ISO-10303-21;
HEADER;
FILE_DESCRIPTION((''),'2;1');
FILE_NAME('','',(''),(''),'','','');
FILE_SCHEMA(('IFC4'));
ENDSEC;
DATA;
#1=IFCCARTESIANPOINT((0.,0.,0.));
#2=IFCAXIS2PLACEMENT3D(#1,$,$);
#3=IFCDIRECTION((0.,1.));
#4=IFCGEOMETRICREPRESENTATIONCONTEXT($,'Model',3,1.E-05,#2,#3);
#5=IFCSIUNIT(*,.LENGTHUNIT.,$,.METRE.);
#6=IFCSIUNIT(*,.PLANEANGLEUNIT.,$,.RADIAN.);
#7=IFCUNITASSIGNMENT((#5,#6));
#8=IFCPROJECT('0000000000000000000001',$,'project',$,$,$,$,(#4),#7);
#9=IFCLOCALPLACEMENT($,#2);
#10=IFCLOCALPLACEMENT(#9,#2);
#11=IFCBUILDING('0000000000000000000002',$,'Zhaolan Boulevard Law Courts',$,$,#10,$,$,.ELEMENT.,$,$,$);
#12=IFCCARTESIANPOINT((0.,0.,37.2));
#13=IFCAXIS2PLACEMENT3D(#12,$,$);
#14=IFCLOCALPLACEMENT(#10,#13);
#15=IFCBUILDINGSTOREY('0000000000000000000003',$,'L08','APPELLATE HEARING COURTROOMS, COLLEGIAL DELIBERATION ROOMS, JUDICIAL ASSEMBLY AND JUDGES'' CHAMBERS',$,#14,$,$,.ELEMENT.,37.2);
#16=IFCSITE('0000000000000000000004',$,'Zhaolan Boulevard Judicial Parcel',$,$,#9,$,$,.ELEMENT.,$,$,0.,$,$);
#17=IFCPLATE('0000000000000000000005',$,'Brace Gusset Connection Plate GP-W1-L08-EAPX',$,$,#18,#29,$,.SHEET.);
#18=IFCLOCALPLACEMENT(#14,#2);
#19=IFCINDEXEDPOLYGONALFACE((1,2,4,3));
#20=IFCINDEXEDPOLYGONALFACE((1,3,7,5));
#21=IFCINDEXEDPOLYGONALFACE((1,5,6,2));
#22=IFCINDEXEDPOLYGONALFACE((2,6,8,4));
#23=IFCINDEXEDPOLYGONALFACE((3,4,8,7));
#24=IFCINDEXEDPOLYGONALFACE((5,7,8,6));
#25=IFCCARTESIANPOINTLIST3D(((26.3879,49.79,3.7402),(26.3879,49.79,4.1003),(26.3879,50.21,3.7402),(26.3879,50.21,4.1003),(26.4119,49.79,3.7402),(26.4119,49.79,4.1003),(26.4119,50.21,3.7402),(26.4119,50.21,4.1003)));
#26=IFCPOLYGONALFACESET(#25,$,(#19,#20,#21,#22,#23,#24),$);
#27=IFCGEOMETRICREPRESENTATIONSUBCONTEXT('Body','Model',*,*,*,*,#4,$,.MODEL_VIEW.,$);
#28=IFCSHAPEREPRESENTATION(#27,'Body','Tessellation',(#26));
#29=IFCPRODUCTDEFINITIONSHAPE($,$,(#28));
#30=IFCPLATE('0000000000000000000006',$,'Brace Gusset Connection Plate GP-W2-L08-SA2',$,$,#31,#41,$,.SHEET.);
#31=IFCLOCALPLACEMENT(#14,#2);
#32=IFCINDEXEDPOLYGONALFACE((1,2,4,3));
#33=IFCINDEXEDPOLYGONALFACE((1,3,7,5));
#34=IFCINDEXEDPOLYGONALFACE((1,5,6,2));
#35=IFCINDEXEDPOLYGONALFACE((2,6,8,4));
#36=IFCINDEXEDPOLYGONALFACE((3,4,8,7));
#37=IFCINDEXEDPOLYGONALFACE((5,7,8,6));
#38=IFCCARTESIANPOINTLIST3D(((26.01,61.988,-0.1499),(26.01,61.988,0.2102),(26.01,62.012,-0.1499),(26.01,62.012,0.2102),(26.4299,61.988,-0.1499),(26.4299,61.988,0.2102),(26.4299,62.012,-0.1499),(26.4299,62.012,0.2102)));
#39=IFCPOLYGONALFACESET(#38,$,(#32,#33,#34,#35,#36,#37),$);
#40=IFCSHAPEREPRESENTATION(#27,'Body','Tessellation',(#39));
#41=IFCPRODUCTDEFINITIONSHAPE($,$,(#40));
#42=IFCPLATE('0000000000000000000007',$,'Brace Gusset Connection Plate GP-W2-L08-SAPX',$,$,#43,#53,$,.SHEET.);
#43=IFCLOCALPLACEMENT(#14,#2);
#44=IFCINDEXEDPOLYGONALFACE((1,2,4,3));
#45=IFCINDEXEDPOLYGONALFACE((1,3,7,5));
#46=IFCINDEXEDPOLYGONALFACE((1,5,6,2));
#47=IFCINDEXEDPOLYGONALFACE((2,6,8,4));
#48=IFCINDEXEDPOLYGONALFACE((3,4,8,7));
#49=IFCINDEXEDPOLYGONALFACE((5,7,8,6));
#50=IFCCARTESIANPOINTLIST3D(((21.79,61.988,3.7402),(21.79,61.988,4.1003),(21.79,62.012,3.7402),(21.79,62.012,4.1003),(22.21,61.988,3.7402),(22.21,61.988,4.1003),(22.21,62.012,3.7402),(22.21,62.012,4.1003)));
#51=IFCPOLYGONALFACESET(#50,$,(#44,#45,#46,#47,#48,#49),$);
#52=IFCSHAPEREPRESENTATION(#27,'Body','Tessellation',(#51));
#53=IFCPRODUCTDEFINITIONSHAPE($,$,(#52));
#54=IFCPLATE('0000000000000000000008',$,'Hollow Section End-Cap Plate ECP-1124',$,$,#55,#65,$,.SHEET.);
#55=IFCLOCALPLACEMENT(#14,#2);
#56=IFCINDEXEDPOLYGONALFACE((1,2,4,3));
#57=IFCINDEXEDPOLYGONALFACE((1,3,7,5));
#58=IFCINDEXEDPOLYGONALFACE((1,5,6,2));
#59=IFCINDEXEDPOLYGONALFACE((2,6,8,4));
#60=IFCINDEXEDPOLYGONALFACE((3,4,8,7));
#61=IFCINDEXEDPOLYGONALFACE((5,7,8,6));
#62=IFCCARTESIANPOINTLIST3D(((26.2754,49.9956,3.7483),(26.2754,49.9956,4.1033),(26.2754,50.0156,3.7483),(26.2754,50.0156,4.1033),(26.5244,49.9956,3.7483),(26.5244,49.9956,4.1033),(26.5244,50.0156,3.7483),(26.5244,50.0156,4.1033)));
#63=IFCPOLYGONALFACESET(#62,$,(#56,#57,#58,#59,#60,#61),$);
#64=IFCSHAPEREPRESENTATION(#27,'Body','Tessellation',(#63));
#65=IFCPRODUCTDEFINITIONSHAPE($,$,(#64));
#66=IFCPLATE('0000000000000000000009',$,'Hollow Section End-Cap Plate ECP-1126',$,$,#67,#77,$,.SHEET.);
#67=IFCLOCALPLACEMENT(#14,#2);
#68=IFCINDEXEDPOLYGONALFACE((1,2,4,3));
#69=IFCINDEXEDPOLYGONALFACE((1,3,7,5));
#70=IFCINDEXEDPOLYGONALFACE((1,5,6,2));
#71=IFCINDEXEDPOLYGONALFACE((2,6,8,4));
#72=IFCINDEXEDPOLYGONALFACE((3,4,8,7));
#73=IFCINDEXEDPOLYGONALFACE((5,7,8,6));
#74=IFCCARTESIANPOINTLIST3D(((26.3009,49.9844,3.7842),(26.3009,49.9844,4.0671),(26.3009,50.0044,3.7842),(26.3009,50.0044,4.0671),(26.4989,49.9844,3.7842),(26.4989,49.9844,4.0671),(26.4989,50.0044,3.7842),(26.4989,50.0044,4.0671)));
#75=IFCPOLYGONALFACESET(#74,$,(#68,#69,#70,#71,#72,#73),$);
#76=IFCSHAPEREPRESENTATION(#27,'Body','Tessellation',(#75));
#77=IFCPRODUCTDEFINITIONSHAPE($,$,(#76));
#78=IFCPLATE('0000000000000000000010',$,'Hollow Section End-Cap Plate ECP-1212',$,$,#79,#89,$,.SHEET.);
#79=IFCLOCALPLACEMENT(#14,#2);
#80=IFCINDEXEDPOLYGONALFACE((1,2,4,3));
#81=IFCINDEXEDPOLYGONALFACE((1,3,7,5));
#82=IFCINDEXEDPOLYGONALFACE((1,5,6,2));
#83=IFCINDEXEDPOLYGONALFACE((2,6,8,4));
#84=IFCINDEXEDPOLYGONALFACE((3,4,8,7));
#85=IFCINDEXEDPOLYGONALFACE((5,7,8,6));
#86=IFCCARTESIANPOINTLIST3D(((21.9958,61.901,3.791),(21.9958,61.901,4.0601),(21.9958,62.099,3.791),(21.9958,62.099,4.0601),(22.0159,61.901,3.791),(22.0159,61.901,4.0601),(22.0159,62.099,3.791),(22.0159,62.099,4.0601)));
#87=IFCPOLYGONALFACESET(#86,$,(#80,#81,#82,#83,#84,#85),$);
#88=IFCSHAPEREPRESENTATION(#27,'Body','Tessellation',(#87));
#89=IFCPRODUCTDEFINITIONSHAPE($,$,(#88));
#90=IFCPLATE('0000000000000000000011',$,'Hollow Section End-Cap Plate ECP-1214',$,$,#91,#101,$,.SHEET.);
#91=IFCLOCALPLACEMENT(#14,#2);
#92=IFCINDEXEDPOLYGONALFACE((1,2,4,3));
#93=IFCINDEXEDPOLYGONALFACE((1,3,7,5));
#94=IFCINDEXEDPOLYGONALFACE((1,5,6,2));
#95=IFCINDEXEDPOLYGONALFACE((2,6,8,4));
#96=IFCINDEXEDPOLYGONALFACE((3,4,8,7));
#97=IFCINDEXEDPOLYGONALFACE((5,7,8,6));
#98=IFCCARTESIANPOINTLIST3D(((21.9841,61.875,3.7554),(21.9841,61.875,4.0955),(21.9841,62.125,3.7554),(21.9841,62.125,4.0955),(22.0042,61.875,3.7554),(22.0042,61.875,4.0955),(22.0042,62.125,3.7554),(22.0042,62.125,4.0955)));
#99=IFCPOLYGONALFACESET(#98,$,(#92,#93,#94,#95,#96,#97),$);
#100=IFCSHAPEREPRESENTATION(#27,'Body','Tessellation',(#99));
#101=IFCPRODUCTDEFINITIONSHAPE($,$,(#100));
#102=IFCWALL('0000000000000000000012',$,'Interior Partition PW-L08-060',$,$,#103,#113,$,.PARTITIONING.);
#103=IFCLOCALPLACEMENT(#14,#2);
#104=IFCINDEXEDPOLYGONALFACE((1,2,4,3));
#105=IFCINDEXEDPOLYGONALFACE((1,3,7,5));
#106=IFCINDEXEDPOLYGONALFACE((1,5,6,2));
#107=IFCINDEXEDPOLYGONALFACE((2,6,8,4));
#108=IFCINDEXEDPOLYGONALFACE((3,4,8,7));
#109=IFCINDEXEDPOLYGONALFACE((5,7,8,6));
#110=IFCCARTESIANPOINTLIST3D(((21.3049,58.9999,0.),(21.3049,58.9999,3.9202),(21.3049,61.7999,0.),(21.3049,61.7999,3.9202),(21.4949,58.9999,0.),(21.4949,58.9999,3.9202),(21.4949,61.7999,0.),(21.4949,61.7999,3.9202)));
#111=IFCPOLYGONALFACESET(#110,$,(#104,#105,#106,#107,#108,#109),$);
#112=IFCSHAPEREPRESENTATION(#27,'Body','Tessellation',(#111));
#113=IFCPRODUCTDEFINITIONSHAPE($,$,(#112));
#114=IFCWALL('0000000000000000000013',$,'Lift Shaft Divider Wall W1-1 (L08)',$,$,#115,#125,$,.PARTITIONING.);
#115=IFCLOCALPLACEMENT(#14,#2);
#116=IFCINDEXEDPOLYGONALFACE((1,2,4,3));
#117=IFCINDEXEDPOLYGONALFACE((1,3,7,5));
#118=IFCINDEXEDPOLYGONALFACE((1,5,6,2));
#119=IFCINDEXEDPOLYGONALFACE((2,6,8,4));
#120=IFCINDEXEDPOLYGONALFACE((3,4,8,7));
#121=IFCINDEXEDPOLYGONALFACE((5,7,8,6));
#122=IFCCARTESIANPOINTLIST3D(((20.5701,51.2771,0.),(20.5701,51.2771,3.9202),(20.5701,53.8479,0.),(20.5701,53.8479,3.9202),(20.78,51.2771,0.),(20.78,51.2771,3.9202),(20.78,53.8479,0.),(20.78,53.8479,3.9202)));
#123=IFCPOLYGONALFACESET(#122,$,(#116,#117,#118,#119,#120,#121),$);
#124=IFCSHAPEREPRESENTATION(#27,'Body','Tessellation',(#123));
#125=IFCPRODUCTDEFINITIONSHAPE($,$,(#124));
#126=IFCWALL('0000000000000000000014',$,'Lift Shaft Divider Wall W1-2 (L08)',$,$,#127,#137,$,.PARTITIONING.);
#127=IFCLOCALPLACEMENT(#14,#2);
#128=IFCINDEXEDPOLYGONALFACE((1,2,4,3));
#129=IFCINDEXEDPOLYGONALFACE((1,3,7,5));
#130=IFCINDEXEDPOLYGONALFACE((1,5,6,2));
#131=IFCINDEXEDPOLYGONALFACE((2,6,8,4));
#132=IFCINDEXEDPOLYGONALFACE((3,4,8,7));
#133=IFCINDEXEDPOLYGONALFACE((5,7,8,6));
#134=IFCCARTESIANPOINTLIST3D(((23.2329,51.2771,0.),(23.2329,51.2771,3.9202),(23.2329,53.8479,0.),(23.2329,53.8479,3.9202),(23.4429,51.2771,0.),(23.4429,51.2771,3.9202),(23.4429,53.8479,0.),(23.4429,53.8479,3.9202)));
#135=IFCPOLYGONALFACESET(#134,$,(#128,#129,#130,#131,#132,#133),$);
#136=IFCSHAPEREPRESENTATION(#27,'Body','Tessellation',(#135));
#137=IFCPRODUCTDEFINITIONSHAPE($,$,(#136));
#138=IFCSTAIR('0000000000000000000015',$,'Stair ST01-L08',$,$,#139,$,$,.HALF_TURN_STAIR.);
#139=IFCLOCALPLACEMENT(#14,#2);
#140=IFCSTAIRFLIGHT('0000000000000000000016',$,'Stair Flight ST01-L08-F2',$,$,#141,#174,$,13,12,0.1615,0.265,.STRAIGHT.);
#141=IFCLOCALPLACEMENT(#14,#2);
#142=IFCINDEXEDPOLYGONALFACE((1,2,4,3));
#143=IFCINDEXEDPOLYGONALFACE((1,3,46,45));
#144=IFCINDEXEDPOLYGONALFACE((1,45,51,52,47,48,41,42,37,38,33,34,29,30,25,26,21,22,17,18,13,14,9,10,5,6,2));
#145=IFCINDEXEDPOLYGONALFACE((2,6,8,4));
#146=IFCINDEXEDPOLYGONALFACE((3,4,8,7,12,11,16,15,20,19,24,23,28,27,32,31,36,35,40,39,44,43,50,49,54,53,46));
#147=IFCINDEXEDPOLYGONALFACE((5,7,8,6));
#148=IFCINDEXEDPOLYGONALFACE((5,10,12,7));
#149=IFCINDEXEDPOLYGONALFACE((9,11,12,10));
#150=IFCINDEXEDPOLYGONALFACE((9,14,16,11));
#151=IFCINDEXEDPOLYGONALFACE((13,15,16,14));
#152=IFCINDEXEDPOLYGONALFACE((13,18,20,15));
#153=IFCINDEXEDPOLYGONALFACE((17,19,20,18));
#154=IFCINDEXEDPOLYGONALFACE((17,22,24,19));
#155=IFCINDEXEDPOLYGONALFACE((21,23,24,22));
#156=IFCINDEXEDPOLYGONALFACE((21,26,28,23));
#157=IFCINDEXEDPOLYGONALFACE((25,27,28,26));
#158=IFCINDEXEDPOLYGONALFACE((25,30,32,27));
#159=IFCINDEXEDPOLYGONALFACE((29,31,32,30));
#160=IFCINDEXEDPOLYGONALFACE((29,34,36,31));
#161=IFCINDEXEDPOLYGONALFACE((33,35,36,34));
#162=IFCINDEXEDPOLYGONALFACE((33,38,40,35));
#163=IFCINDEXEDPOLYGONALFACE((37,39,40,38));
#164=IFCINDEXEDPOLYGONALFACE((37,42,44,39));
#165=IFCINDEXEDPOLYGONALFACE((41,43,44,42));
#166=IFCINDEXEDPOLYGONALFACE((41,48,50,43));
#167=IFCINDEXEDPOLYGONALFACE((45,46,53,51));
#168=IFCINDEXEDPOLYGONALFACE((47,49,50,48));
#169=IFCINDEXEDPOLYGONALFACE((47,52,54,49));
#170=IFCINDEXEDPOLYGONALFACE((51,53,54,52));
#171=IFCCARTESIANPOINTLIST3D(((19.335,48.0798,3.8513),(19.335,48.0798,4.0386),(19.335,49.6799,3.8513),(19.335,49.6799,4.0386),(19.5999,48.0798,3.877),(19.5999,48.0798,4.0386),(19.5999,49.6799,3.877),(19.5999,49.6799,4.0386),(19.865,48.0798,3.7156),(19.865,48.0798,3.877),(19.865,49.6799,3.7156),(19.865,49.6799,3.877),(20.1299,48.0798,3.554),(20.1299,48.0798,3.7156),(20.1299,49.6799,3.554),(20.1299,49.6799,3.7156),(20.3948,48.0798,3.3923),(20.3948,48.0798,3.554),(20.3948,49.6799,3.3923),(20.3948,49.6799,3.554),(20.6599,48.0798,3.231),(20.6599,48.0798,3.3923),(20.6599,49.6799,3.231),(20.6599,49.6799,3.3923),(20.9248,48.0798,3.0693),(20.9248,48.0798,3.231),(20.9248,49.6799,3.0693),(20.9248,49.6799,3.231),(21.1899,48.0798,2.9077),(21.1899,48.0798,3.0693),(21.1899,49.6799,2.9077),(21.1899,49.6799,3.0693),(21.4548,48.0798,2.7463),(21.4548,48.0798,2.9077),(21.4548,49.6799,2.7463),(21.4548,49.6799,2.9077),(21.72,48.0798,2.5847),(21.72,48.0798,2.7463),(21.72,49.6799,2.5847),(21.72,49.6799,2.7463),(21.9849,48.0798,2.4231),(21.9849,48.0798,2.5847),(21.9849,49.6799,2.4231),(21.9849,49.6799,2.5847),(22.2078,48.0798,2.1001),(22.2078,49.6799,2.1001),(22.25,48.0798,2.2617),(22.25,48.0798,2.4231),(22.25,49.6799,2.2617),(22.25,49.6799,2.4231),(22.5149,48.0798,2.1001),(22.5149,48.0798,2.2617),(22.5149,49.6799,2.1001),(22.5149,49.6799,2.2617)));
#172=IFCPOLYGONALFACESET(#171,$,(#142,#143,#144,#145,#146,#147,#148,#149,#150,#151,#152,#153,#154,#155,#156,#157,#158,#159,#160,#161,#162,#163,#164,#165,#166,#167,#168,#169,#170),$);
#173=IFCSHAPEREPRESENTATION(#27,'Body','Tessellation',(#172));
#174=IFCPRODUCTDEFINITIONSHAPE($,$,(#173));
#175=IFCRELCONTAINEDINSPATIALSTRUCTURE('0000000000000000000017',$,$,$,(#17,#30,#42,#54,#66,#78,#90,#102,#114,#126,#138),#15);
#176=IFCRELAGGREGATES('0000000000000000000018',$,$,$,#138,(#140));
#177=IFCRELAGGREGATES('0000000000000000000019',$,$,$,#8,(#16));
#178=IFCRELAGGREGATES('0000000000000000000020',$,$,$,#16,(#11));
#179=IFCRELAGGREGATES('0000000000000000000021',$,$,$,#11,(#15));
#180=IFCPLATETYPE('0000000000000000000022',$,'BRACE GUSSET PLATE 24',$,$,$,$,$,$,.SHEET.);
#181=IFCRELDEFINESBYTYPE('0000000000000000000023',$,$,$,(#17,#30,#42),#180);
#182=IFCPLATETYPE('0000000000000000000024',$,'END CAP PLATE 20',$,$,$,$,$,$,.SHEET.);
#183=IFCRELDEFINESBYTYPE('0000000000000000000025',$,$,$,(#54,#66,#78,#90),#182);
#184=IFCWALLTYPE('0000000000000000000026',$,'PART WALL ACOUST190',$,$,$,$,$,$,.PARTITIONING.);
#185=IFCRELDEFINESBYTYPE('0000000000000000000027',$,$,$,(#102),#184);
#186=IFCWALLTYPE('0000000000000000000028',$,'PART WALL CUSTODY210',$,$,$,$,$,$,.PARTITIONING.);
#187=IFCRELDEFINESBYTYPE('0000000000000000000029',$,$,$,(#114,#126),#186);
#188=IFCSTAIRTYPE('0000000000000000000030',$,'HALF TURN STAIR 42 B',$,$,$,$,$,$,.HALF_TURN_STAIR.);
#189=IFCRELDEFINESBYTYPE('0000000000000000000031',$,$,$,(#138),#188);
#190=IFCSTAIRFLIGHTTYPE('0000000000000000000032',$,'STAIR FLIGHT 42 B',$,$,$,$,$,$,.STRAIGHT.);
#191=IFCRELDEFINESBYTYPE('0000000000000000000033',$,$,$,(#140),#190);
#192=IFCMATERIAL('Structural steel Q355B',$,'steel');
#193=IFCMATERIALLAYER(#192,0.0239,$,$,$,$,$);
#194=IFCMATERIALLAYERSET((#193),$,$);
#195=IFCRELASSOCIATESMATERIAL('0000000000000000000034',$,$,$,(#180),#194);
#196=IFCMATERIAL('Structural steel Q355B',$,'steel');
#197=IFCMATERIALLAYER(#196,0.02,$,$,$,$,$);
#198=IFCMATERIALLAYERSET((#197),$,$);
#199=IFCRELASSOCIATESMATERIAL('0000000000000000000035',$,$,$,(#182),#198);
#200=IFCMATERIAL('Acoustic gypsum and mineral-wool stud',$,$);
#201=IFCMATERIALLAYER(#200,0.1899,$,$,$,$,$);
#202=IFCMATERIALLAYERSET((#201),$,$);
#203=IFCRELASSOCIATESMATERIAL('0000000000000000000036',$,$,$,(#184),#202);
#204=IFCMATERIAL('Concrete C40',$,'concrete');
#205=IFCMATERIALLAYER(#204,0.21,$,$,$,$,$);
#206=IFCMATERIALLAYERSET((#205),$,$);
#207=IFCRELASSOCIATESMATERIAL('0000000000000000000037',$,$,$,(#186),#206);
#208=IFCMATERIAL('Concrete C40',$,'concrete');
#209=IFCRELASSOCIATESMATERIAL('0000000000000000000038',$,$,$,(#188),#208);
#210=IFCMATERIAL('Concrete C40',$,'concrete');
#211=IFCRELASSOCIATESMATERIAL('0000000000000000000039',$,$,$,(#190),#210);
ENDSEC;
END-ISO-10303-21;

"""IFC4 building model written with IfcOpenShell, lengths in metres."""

from ifc_helpers import new_model, si_unit, direction, frame, frame_2d, origin, origin_2d, place, context, subcontext, project, spatial, polyline, rectangle, outline, extrude, material, layer, layer_set, type_object, element, aggregate, save


model = new_model("IFC4")

# Units and contexts
model_context = context("Model", 3, precision=1e-05, world=origin(), true_north=direction((0.0, 1.0)))
body_context = subcontext(model_context, "Body", "Model", "MODEL_VIEW")
ifc_project = project(units=[si_unit("LENGTHUNIT", "METRE"), si_unit("PLANEANGLEUNIT", "RADIAN")], contexts=[model_context])

# Site, building, storey
site_placement = place(None, origin())
site = spatial("IfcSite", under=ifc_project, at=site_placement, Name="Zhaolan Boulevard Judicial Parcel", CompositionType="ELEMENT", RefElevation=0.0)
building_placement = place(site_placement, origin())
building = spatial("IfcBuilding", under=site, at=building_placement, Name="Zhaolan Boulevard Law Courts", CompositionType="ELEMENT")
storey_placement = place(building_placement, frame((0.0, 0.0, 37.2)))
storey = spatial("IfcBuildingStorey", under=building, at=storey_placement, Name="L08", Description="APPELLATE HEARING COURTROOMS, COLLEGIAL DELIBERATION ROOMS, JUDICIAL ASSEMBLY AND JUDGES' CHAMBERS", CompositionType="ELEMENT", Elevation=37.2)

# Plates
ifc_material_1 = material(Name="Structural steel Q355B", Category="steel")
ifc_layer_1 = layer(ifc_material_1, 0.0239)
ifc_layer_set_1 = layer_set([ifc_layer_1])
plate_type_1 = type_object("IfcPlateType", Name="BRACE GUSSET PLATE 24", PredefinedType="SHEET", material=ifc_layer_set_1)
for number, where, z_axis, x_axis, name in (
    (1, (26.3999, 50.0, 3.7402), (0.0, 0.0, 1.0), (0.0, 1.0, 0.0), "Brace Gusset Connection Plate GP-W1-L08-EAPX"),
    (2, (26.22, 62.0, -0.1499), (0.0, 0.0, 1.0), (1.0, 0.0, 0.0), "Brace Gusset Connection Plate GP-W2-L08-SA2"),
    (3, (22.0, 62.0, 3.7402), (0.0, 0.0, 1.0), (1.0, 0.0, 0.0), "Brace Gusset Connection Plate GP-W2-L08-SAPX"),
):
    element("IfcPlate", number, at=place(storey_placement, frame(where, z_axis=z_axis, x_axis=x_axis)), inside=storey, type_object=plate_type_1, Name=name, PredefinedType="SHEET", context=body_context, shape_type="SweptSolid", body=[
        extrude(rectangle(XDim=0.4199, YDim=0.0239, at=origin_2d()), origin(), (0.0, 0.0, 1.0), 0.3601),
    ])
ifc_material_2 = material(Name="Structural steel Q355B", Category="steel")
ifc_layer_2 = layer(ifc_material_2, 0.02)
ifc_layer_set_2 = layer_set([ifc_layer_2])
plate_type_2 = type_object("IfcPlateType", Name="END CAP PLATE 20", PredefinedType="SHEET", material=ifc_layer_set_2)
plate_1_placement = place(storey_placement, frame((26.3999, 50.0056, 3.7483), z_axis=(0.0, 0.0, 1.0), x_axis=(0.0, 1.0, 0.0)))
element("IfcPlate", 4, at=plate_1_placement, inside=storey, type_object=plate_type_2, Name="Hollow Section End-Cap Plate ECP-1124", PredefinedType="SHEET", context=body_context, shape_type="SweptSolid", body=[
    extrude(rectangle(XDim=0.02, YDim=0.249, at=origin_2d()), origin(), (0.0, 0.0, 1.0), 0.355),
])
plate_2_placement = place(storey_placement, frame((26.3999, 49.9944, 3.7842), z_axis=(0.0, 0.0, 1.0), x_axis=(0.0, -1.0, 0.0)))
element("IfcPlate", 5, at=plate_2_placement, inside=storey, type_object=plate_type_2, Name="Hollow Section End-Cap Plate ECP-1126", PredefinedType="SHEET", context=body_context, shape_type="SweptSolid", body=[
    extrude(rectangle(XDim=0.02, YDim=0.198, at=origin_2d()), origin(), (0.0, 0.0, 1.0), 0.283),
])
plate_3_placement = place(storey_placement, frame((22.0059, 62.0, 3.791), z_axis=(0.0, 0.0, 1.0), x_axis=(1.0, 0.0, 0.0)))
element("IfcPlate", 6, at=plate_3_placement, inside=storey, type_object=plate_type_2, Name="Hollow Section End-Cap Plate ECP-1212", PredefinedType="SHEET", context=body_context, shape_type="SweptSolid", body=[
    extrude(rectangle(XDim=0.02, YDim=0.198, at=origin_2d()), origin(), (0.0, 0.0, 1.0), 0.269),
])
plate_4_placement = place(storey_placement, frame((21.9941, 62.0, 3.7554), z_axis=(0.0, 0.0, 1.0), x_axis=(-1.0, 0.0, 0.0)))
element("IfcPlate", 7, at=plate_4_placement, inside=storey, type_object=plate_type_2, Name="Hollow Section End-Cap Plate ECP-1214", PredefinedType="SHEET", context=body_context, shape_type="SweptSolid", body=[
    extrude(rectangle(XDim=0.02, YDim=0.25, at=origin_2d()), origin(), (0.0, 0.0, 1.0), 0.3401),
])

# Walls
ifc_material_3 = material(Name="Acoustic gypsum and mineral-wool stud")
ifc_layer_3 = layer(ifc_material_3, 0.1899)
ifc_layer_set_3 = layer_set([ifc_layer_3])
wall_type_1 = type_object("IfcWallType", Name="PART WALL ACOUST190", PredefinedType="PARTITIONING", material=ifc_layer_set_3)
wall_placement = place(storey_placement, frame((21.3999, 59.0, 0.0), z_axis=(0.0, 0.0, 1.0), x_axis=(0.0, 1.0, 0.0)))
element("IfcWall", 8, at=wall_placement, inside=storey, type_object=wall_type_1, Name="Interior Partition PW-L08-060", PredefinedType="PARTITIONING", context=body_context, shape_type="SweptSolid", body=[
    extrude(rectangle(XDim=2.8, YDim=0.1899, at=frame_2d((1.3999, 0.0))), origin(), (0.0, 0.0, 1.0), 3.9202),
])
ifc_material_4 = material(Name="Concrete C40", Category="concrete")
ifc_layer_4 = layer(ifc_material_4, 0.21)
ifc_layer_set_4 = layer_set([ifc_layer_4])
wall_type_2 = type_object("IfcWallType", Name="PART WALL CUSTODY210", PredefinedType="PARTITIONING", material=ifc_layer_set_4)
for number, where, z_axis, x_axis, name in (
    (9, (20.675, 51.2771, 0.0), (0.0, 0.0, 1.0), (0.0, 1.0, 0.0), "Lift Shaft Divider Wall W1-1 (L08)"),
    (10, (23.3379, 51.2771, 0.0), (0.0, 0.0, 1.0), (0.0, 1.0, 0.0), "Lift Shaft Divider Wall W1-2 (L08)"),
):
    element("IfcWall", number, at=place(storey_placement, frame(where, z_axis=z_axis, x_axis=x_axis)), inside=storey, type_object=wall_type_2, Name=name, PredefinedType="PARTITIONING", context=body_context, shape_type="SweptSolid", body=[
        extrude(rectangle(XDim=2.5708, YDim=0.21, at=frame_2d((1.2854, 0.0))), origin(), (0.0, 0.0, 1.0), 3.9202),
    ])

# Stair, stair flight
ifc_material_5 = material(Name="Concrete C40", Category="concrete")
stair_type = type_object("IfcStairType", Name="HALF TURN STAIR 42 B", PredefinedType="HALF_TURN_STAIR", material=ifc_material_5)
stair_placement = place(storey_placement, origin())
stair = element("IfcStair", 11, at=stair_placement, inside=storey, type_object=stair_type, Name="Stair ST01-L08", PredefinedType="HALF_TURN_STAIR")
ifc_material_6 = material(Name="Concrete C40", Category="concrete")
stair_flight_type = type_object("IfcStairFlightType", Name="STAIR FLIGHT 42 B", PredefinedType="STRAIGHT", material=ifc_material_6)
stair_flight_placement = place(storey_placement, frame((22.5149, 48.8799, 2.1001), z_axis=(0.0, 0.0, 1.0), x_axis=(-1.0, 0.0, 0.0)))
stair_flight = element("IfcStairFlight", 12, at=stair_flight_placement, type_object=stair_flight_type, Name="Stair Flight ST01-L08-F2", NumberOfRisers=13, NumberOfTreads=12, PredefinedType="STRAIGHT", RiserHeight=0.1615, TreadLength=0.265, context=body_context, shape_type="SweptSolid", body=[
    extrude(outline(polyline([(0.0, 0.0), (0.0, 0.1616), (0.2649, 0.1616), (0.2649, 0.323), (0.53, 0.323), (0.53, 0.4846), (0.7949, 0.4846), (0.7949, 0.6462), (1.0601, 0.6462), (1.0601, 0.8076), (1.325, 0.8076), (1.325, 0.9692), (1.5901, 0.9692), (1.5901, 1.1309), (1.855, 1.1309), (1.855, 1.2922), (2.1201, 1.2922), (2.1201, 1.4539), (2.385, 1.4539), (2.385, 1.6155), (2.6499, 1.6155), (2.6499, 1.7769), (2.915, 1.7769), (2.915, 1.9385), (3.1799, 1.9385), (3.1799, 2.1001), (3.1799, 1.7512), (0.3071, 0.0), (0.0, 0.0)])), frame((0.0, 0.8, 0.0), z_axis=(0.0, -1.0, 0.0), x_axis=(1.0, 0.0, 0.0)), (0.0, 0.0, 1.0), 1.6001),
])
aggregate(stair, [stair_flight])

save(model, "model.ifc")
